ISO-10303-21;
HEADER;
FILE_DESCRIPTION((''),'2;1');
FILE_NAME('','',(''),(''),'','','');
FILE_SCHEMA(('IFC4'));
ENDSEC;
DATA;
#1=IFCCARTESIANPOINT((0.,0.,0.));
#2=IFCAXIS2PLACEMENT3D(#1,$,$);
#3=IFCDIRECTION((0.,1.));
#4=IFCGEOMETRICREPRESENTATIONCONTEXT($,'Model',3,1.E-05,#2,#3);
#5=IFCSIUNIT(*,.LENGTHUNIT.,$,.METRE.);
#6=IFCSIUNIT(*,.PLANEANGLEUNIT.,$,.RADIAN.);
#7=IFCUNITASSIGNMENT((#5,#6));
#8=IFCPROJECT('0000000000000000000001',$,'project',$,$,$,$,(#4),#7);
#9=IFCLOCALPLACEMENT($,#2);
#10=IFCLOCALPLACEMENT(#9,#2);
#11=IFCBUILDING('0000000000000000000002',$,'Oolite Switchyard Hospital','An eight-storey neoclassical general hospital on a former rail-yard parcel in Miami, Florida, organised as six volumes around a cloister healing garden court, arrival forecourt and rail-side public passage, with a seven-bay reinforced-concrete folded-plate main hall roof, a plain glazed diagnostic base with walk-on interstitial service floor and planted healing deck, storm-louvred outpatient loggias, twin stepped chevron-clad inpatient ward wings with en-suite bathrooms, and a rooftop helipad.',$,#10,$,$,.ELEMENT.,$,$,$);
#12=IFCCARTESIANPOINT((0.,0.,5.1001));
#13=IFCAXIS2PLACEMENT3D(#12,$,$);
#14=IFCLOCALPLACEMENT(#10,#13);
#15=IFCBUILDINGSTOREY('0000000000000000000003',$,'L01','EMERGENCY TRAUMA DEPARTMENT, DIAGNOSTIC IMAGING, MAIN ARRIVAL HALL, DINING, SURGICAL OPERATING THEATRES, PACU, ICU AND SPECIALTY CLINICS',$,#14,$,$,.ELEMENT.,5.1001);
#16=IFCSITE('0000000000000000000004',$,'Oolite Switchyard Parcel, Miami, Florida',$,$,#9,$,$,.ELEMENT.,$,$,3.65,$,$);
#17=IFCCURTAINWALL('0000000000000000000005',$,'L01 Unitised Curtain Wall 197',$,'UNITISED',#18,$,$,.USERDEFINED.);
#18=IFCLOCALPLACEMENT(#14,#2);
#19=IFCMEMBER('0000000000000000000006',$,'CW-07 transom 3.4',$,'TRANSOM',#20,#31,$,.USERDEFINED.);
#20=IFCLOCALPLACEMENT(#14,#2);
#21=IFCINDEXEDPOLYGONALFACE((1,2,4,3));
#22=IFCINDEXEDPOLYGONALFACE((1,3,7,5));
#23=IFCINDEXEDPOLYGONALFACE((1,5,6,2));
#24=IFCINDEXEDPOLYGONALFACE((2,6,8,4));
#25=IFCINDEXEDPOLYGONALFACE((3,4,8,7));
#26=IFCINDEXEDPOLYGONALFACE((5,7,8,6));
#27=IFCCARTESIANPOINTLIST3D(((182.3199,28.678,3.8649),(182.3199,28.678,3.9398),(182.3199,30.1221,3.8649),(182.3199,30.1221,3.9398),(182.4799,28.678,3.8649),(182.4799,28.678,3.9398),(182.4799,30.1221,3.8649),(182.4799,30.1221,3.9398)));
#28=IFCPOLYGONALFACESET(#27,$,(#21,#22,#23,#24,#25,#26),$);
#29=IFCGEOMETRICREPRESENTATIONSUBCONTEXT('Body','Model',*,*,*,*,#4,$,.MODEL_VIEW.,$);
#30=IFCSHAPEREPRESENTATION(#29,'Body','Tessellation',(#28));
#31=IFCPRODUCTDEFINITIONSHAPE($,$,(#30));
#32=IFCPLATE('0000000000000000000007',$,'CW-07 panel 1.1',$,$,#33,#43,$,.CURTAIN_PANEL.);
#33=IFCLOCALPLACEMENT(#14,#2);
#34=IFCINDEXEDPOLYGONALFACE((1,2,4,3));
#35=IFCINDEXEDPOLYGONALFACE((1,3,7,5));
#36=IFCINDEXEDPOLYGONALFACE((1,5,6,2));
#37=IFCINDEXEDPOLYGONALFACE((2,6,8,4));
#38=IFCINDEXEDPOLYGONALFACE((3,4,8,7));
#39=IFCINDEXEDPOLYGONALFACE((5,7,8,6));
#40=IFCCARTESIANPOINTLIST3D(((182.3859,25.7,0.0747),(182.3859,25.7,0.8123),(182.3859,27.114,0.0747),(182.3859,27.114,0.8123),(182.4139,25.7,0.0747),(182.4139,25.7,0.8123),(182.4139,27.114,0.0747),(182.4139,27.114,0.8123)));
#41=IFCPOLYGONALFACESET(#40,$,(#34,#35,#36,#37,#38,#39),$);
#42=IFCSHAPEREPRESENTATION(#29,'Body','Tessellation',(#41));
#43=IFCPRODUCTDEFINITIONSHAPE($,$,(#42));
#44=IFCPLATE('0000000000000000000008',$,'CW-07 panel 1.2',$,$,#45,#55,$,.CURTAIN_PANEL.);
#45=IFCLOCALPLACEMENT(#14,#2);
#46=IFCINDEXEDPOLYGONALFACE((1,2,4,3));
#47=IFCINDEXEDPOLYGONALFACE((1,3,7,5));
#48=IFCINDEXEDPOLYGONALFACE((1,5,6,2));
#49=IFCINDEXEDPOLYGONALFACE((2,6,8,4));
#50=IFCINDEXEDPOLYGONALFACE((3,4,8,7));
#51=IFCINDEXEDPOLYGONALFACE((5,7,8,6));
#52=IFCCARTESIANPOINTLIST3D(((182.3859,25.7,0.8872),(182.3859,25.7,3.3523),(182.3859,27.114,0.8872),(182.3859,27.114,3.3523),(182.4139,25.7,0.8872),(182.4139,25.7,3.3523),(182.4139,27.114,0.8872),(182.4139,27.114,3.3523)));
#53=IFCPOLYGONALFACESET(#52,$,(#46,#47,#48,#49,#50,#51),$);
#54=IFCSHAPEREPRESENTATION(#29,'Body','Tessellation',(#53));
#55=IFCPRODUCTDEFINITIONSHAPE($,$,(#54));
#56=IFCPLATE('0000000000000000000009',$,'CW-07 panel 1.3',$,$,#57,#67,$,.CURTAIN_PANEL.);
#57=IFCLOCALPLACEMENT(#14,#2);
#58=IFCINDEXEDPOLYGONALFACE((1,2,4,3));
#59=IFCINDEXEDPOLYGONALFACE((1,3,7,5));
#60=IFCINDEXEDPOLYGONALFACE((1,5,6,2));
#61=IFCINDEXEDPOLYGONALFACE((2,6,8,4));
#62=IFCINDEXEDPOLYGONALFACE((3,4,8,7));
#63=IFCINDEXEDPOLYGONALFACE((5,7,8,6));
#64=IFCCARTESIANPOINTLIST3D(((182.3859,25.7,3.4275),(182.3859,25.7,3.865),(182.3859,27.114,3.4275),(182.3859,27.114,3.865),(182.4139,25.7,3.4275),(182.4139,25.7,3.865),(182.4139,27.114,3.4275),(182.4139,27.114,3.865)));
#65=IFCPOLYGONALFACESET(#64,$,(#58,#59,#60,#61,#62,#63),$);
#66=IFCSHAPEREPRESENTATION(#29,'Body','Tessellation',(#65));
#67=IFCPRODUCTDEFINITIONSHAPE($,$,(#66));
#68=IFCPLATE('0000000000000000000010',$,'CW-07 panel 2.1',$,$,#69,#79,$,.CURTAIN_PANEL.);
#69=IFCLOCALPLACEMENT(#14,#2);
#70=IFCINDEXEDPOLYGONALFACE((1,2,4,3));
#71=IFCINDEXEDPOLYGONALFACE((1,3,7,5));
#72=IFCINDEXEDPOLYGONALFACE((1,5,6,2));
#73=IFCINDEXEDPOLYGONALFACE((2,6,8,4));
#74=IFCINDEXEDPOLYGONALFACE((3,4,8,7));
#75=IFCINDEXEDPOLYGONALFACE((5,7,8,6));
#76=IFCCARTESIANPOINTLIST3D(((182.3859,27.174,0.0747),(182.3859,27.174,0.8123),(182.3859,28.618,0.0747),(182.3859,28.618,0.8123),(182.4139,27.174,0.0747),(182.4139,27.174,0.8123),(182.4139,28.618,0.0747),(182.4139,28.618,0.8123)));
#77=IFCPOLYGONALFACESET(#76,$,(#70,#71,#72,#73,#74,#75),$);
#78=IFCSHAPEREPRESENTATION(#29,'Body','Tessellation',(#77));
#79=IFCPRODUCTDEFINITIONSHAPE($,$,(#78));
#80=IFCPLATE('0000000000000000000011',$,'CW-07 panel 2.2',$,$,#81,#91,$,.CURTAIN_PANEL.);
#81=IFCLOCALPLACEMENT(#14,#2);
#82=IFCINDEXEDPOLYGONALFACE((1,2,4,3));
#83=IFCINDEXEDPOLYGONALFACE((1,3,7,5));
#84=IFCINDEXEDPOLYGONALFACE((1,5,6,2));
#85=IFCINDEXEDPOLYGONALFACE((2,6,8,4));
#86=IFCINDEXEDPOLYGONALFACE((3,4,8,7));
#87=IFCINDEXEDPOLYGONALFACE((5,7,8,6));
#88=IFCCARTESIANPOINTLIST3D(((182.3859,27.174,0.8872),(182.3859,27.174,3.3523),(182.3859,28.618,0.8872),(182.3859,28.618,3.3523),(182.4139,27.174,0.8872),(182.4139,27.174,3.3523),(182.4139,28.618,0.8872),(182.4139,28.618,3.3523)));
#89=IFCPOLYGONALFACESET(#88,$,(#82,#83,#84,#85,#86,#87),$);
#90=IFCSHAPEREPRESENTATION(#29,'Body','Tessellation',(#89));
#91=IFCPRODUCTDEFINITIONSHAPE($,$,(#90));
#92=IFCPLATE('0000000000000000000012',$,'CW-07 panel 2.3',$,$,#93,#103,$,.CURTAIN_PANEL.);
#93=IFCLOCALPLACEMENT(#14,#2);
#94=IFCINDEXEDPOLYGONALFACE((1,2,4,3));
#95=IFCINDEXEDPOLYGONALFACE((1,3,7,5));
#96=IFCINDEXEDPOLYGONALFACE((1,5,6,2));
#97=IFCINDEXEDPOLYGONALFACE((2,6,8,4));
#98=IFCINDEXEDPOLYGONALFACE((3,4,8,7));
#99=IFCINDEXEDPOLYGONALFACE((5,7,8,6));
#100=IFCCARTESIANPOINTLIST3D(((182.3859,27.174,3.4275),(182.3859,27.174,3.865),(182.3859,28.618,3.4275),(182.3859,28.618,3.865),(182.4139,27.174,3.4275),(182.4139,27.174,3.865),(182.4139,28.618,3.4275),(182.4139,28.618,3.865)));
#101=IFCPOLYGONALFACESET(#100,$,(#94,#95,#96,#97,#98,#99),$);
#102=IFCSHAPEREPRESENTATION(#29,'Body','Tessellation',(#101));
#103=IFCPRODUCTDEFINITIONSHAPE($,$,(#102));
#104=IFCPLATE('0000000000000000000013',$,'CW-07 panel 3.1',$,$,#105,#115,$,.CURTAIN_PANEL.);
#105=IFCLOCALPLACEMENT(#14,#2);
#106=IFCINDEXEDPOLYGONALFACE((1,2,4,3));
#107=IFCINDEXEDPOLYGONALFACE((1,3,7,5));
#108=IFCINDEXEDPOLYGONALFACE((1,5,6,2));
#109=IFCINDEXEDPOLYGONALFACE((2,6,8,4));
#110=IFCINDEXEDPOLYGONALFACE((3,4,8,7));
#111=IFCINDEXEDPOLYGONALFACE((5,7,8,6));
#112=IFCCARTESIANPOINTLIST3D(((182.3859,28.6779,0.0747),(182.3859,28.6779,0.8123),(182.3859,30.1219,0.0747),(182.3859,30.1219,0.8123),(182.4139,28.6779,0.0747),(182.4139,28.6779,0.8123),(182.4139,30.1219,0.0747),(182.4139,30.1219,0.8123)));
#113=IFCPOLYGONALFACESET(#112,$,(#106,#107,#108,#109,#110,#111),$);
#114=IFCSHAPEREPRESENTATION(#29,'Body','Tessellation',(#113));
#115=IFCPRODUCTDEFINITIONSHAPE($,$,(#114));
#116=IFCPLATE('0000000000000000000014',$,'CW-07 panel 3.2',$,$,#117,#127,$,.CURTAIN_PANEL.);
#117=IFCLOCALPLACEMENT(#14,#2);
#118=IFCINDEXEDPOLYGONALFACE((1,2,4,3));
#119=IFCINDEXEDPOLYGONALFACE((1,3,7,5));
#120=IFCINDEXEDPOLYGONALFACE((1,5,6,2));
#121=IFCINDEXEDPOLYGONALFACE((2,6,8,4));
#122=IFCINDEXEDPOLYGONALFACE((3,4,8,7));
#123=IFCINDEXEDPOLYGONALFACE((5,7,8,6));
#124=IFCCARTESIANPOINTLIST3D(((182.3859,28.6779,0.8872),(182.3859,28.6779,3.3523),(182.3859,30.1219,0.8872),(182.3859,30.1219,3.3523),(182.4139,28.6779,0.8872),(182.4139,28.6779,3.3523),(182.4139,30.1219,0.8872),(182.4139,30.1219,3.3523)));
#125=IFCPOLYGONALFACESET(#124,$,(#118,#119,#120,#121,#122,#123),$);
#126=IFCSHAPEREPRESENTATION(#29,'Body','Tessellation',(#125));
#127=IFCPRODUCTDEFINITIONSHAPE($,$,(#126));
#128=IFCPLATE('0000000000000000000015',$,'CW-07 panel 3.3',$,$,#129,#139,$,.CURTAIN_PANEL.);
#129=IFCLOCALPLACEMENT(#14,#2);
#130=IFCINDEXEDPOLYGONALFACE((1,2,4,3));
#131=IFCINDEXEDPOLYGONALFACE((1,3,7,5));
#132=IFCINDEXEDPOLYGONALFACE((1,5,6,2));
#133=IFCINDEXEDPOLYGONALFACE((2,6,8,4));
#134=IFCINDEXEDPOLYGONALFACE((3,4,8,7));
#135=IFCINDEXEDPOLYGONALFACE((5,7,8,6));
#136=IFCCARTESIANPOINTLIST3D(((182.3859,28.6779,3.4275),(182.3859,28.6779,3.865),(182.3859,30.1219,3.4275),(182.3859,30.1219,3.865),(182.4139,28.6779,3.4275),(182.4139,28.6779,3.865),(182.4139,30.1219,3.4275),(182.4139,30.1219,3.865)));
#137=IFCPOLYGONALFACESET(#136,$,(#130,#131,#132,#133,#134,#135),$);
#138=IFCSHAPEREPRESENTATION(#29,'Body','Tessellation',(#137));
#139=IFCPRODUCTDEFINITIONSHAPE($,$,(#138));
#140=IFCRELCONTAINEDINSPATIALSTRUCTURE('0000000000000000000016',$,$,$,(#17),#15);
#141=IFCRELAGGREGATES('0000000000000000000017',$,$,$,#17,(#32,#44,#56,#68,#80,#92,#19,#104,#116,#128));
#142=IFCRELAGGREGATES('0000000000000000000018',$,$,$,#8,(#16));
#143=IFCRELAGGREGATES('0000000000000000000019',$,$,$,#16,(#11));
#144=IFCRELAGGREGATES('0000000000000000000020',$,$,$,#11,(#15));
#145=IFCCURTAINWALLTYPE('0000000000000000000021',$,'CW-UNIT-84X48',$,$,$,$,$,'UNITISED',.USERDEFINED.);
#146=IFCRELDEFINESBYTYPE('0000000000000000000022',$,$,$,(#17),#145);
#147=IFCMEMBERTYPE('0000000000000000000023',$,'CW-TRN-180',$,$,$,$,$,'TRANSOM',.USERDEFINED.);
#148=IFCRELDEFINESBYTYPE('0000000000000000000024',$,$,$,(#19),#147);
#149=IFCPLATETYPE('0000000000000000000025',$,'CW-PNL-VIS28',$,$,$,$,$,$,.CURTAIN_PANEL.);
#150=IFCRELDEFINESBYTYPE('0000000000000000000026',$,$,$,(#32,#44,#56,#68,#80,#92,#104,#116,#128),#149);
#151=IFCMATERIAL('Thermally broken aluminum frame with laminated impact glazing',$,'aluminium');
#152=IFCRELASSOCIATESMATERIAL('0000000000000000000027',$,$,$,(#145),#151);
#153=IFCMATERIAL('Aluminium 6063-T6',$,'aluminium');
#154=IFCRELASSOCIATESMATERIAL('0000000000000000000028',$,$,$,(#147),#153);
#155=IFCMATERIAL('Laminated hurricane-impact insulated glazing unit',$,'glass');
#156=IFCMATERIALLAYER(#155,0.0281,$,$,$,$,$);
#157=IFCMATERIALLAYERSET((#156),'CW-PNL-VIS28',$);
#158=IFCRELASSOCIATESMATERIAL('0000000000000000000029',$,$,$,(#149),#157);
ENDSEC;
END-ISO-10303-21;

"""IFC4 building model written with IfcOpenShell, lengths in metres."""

from ifc_helpers import new_model, si_unit, direction, frame, origin, origin_2d, place, context, subcontext, project, spatial, rectangle, extrude, material, layer, layer_set, material_profile, profile_set, type_object, element, aggregate, save


model = new_model("IFC4")

# Units and contexts
model_context = context("Model", 3, precision=1e-05, world=origin(), true_north=direction((0.0, 1.0)))
body_context = subcontext(model_context, "Body", "Model", "MODEL_VIEW")
ifc_project = project(units=[si_unit("LENGTHUNIT", "METRE"), si_unit("PLANEANGLEUNIT", "RADIAN")], contexts=[model_context])

# Site, building, storey
site_placement = place(None, origin())
site = spatial("IfcSite", under=ifc_project, at=site_placement, Name="Oolite Switchyard Parcel, Miami, Florida", CompositionType="ELEMENT", RefElevation=3.65)
building_placement = place(site_placement, origin())
building = spatial("IfcBuilding", under=site, at=building_placement, Name="Oolite Switchyard Hospital", Description="An eight-storey neoclassical general hospital on a former rail-yard parcel in Miami, Florida, organised as six volumes around a cloister healing garden court, arrival forecourt and rail-side public passage, with a seven-bay reinforced-concrete folded-plate main hall roof, a plain glazed diagnostic base with walk-on interstitial service floor and planted healing deck, storm-louvred outpatient loggias, twin stepped chevron-clad inpatient ward wings with en-suite bathrooms, and a rooftop helipad.", CompositionType="ELEMENT")
storey_placement = place(building_placement, frame((0.0, 0.0, 5.1001)))
storey = spatial("IfcBuildingStorey", under=building, at=storey_placement, Name="L01", Description="EMERGENCY TRAUMA DEPARTMENT, DIAGNOSTIC IMAGING, MAIN ARRIVAL HALL, DINING, SURGICAL OPERATING THEATRES, PACU, ICU AND SPECIALTY CLINICS", CompositionType="ELEMENT", Elevation=5.1001)

# Curtain wall, member, plates
ifc_material_1 = material(Name="Thermally broken aluminum frame with laminated impact glazing", Category="aluminium")
curtain_wall_type = type_object("IfcCurtainWallType", Name="CW-UNIT-84X48", ElementType="UNITISED", PredefinedType="USERDEFINED", material=ifc_material_1)
curtain_wall_placement = place(storey_placement, origin())
curtain_wall = element("IfcCurtainWall", 1, at=curtain_wall_placement, inside=storey, type_object=curtain_wall_type, Name="L01 Unitised Curtain Wall 197", ObjectType="UNITISED", PredefinedType="USERDEFINED")
ifc_material_2 = material(Name="Aluminium 6063-T6", Category="aluminium")
ifc_material_profile_1 = material_profile(ifc_material_2, rectangle(XDim=0.1599, YDim=0.075, at=origin_2d()), Name="CWT75X160")
ifc_profile_set_1 = profile_set([ifc_material_profile_1], Name="Aluminium 6063-T6")
member_type_1 = type_object("IfcMemberType", Name="CW-TRN-180", ElementType="TRANSOM", PredefinedType="USERDEFINED", material=ifc_profile_set_1)
member_1_placement = place(storey_placement, frame((182.3999, 28.678, 3.9023), z_axis=(0.0, 1.0, 0.0), x_axis=(-1.0, 0.0, 0.0)))
member_1 = element("IfcMember", 2, at=member_1_placement, type_object=member_type_1, Name="CW-07 transom 3.4", ObjectType="TRANSOM", PredefinedType="USERDEFINED", context=body_context, shape_type="SweptSolid", body=[
    extrude(rectangle(XDim=0.1599, YDim=0.075, at=origin_2d()), origin(), (0.0, 0.0, 1.0), 1.4441),
])
ifc_material_3 = material(Name="Laminated hurricane-impact insulated glazing unit", Category="glass")
ifc_layer = layer(ifc_material_3, 0.0281)
ifc_layer_set = layer_set([ifc_layer], Name="CW-PNL-VIS28")
plate_type = type_object("IfcPlateType", Name="CW-PNL-VIS28", PredefinedType="CURTAIN_PANEL", material=ifc_layer_set)
plate_1_placement = place(storey_placement, frame((182.3999, 26.407, 0.0747), z_axis=(0.0, 0.0, 1.0), x_axis=(0.0, 1.0, 0.0)))
plate_1 = element("IfcPlate", 3, at=plate_1_placement, type_object=plate_type, Name="CW-07 panel 1.1", PredefinedType="CURTAIN_PANEL", context=body_context, shape_type="SweptSolid", body=[
    extrude(rectangle(XDim=1.4141, YDim=0.0281, at=origin_2d()), origin(), (0.0, 0.0, 1.0), 0.7375),
])
plate_2_placement = place(storey_placement, frame((182.3999, 26.407, 0.8872), z_axis=(0.0, 0.0, 1.0), x_axis=(0.0, 1.0, 0.0)))
plate_2 = element("IfcPlate", 4, at=plate_2_placement, type_object=plate_type, Name="CW-07 panel 1.2", PredefinedType="CURTAIN_PANEL", context=body_context, shape_type="SweptSolid", body=[
    extrude(rectangle(XDim=1.4141, YDim=0.0281, at=origin_2d()), origin(), (0.0, 0.0, 1.0), 2.4651),
])
plate_3_placement = place(storey_placement, frame((182.3999, 26.407, 3.4275), z_axis=(0.0, 0.0, 1.0), x_axis=(0.0, 1.0, 0.0)))
plate_3 = element("IfcPlate", 5, at=plate_3_placement, type_object=plate_type, Name="CW-07 panel 1.3", PredefinedType="CURTAIN_PANEL", context=body_context, shape_type="SweptSolid", body=[
    extrude(rectangle(XDim=1.4141, YDim=0.0281, at=origin_2d()), origin(), (0.0, 0.0, 1.0), 0.4375),
])
plate_4_placement = place(storey_placement, frame((182.3999, 27.896, 0.0747), z_axis=(0.0, 0.0, 1.0), x_axis=(0.0, 1.0, 0.0)))
plate_4 = element("IfcPlate", 6, at=plate_4_placement, type_object=plate_type, Name="CW-07 panel 2.1", PredefinedType="CURTAIN_PANEL", context=body_context, shape_type="SweptSolid", body=[
    extrude(rectangle(XDim=1.4441, YDim=0.0281, at=origin_2d()), origin(), (0.0, 0.0, 1.0), 0.7375),
])
plate_5_placement = place(storey_placement, frame((182.3999, 27.896, 0.8872), z_axis=(0.0, 0.0, 1.0), x_axis=(0.0, 1.0, 0.0)))
plate_5 = element("IfcPlate", 7, at=plate_5_placement, type_object=plate_type, Name="CW-07 panel 2.2", PredefinedType="CURTAIN_PANEL", context=body_context, shape_type="SweptSolid", body=[
    extrude(rectangle(XDim=1.4441, YDim=0.0281, at=origin_2d()), origin(), (0.0, 0.0, 1.0), 2.4651),
])
plate_6_placement = place(storey_placement, frame((182.3999, 27.896, 3.4275), z_axis=(0.0, 0.0, 1.0), x_axis=(0.0, 1.0, 0.0)))
plate_6 = element("IfcPlate", 8, at=plate_6_placement, type_object=plate_type, Name="CW-07 panel 2.3", PredefinedType="CURTAIN_PANEL", context=body_context, shape_type="SweptSolid", body=[
    extrude(rectangle(XDim=1.4441, YDim=0.0281, at=origin_2d()), origin(), (0.0, 0.0, 1.0), 0.4375),
])
plate_7_placement = place(storey_placement, frame((182.3999, 29.3999, 0.0747), z_axis=(0.0, 0.0, 1.0), x_axis=(0.0, 1.0, 0.0)))
plate_7 = element("IfcPlate", 9, at=plate_7_placement, type_object=plate_type, Name="CW-07 panel 3.1", PredefinedType="CURTAIN_PANEL", context=body_context, shape_type="SweptSolid", body=[
    extrude(rectangle(XDim=1.4441, YDim=0.0281, at=origin_2d()), origin(), (0.0, 0.0, 1.0), 0.7375),
])
plate_8_placement = place(storey_placement, frame((182.3999, 29.3999, 0.8872), z_axis=(0.0, 0.0, 1.0), x_axis=(0.0, 1.0, 0.0)))
plate_8 = element("IfcPlate", 10, at=plate_8_placement, type_object=plate_type, Name="CW-07 panel 3.2", PredefinedType="CURTAIN_PANEL", context=body_context, shape_type="SweptSolid", body=[
    extrude(rectangle(XDim=1.4441, YDim=0.0281, at=origin_2d()), origin(), (0.0, 0.0, 1.0), 2.4651),
])
plate_9_placement = place(storey_placement, frame((182.3999, 29.3999, 3.4275), z_axis=(0.0, 0.0, 1.0), x_axis=(0.0, 1.0, 0.0)))
plate_9 = element("IfcPlate", 11, at=plate_9_placement, type_object=plate_type, Name="CW-07 panel 3.3", PredefinedType="CURTAIN_PANEL", context=body_context, shape_type="SweptSolid", body=[
    extrude(rectangle(XDim=1.4441, YDim=0.0281, at=origin_2d()), origin(), (0.0, 0.0, 1.0), 0.4375),
])
aggregate(curtain_wall, [plate_1, plate_2, plate_3, plate_4, plate_5, plate_6, member_1, plate_7, plate_8, plate_9])

save(model, "model.ifc")
